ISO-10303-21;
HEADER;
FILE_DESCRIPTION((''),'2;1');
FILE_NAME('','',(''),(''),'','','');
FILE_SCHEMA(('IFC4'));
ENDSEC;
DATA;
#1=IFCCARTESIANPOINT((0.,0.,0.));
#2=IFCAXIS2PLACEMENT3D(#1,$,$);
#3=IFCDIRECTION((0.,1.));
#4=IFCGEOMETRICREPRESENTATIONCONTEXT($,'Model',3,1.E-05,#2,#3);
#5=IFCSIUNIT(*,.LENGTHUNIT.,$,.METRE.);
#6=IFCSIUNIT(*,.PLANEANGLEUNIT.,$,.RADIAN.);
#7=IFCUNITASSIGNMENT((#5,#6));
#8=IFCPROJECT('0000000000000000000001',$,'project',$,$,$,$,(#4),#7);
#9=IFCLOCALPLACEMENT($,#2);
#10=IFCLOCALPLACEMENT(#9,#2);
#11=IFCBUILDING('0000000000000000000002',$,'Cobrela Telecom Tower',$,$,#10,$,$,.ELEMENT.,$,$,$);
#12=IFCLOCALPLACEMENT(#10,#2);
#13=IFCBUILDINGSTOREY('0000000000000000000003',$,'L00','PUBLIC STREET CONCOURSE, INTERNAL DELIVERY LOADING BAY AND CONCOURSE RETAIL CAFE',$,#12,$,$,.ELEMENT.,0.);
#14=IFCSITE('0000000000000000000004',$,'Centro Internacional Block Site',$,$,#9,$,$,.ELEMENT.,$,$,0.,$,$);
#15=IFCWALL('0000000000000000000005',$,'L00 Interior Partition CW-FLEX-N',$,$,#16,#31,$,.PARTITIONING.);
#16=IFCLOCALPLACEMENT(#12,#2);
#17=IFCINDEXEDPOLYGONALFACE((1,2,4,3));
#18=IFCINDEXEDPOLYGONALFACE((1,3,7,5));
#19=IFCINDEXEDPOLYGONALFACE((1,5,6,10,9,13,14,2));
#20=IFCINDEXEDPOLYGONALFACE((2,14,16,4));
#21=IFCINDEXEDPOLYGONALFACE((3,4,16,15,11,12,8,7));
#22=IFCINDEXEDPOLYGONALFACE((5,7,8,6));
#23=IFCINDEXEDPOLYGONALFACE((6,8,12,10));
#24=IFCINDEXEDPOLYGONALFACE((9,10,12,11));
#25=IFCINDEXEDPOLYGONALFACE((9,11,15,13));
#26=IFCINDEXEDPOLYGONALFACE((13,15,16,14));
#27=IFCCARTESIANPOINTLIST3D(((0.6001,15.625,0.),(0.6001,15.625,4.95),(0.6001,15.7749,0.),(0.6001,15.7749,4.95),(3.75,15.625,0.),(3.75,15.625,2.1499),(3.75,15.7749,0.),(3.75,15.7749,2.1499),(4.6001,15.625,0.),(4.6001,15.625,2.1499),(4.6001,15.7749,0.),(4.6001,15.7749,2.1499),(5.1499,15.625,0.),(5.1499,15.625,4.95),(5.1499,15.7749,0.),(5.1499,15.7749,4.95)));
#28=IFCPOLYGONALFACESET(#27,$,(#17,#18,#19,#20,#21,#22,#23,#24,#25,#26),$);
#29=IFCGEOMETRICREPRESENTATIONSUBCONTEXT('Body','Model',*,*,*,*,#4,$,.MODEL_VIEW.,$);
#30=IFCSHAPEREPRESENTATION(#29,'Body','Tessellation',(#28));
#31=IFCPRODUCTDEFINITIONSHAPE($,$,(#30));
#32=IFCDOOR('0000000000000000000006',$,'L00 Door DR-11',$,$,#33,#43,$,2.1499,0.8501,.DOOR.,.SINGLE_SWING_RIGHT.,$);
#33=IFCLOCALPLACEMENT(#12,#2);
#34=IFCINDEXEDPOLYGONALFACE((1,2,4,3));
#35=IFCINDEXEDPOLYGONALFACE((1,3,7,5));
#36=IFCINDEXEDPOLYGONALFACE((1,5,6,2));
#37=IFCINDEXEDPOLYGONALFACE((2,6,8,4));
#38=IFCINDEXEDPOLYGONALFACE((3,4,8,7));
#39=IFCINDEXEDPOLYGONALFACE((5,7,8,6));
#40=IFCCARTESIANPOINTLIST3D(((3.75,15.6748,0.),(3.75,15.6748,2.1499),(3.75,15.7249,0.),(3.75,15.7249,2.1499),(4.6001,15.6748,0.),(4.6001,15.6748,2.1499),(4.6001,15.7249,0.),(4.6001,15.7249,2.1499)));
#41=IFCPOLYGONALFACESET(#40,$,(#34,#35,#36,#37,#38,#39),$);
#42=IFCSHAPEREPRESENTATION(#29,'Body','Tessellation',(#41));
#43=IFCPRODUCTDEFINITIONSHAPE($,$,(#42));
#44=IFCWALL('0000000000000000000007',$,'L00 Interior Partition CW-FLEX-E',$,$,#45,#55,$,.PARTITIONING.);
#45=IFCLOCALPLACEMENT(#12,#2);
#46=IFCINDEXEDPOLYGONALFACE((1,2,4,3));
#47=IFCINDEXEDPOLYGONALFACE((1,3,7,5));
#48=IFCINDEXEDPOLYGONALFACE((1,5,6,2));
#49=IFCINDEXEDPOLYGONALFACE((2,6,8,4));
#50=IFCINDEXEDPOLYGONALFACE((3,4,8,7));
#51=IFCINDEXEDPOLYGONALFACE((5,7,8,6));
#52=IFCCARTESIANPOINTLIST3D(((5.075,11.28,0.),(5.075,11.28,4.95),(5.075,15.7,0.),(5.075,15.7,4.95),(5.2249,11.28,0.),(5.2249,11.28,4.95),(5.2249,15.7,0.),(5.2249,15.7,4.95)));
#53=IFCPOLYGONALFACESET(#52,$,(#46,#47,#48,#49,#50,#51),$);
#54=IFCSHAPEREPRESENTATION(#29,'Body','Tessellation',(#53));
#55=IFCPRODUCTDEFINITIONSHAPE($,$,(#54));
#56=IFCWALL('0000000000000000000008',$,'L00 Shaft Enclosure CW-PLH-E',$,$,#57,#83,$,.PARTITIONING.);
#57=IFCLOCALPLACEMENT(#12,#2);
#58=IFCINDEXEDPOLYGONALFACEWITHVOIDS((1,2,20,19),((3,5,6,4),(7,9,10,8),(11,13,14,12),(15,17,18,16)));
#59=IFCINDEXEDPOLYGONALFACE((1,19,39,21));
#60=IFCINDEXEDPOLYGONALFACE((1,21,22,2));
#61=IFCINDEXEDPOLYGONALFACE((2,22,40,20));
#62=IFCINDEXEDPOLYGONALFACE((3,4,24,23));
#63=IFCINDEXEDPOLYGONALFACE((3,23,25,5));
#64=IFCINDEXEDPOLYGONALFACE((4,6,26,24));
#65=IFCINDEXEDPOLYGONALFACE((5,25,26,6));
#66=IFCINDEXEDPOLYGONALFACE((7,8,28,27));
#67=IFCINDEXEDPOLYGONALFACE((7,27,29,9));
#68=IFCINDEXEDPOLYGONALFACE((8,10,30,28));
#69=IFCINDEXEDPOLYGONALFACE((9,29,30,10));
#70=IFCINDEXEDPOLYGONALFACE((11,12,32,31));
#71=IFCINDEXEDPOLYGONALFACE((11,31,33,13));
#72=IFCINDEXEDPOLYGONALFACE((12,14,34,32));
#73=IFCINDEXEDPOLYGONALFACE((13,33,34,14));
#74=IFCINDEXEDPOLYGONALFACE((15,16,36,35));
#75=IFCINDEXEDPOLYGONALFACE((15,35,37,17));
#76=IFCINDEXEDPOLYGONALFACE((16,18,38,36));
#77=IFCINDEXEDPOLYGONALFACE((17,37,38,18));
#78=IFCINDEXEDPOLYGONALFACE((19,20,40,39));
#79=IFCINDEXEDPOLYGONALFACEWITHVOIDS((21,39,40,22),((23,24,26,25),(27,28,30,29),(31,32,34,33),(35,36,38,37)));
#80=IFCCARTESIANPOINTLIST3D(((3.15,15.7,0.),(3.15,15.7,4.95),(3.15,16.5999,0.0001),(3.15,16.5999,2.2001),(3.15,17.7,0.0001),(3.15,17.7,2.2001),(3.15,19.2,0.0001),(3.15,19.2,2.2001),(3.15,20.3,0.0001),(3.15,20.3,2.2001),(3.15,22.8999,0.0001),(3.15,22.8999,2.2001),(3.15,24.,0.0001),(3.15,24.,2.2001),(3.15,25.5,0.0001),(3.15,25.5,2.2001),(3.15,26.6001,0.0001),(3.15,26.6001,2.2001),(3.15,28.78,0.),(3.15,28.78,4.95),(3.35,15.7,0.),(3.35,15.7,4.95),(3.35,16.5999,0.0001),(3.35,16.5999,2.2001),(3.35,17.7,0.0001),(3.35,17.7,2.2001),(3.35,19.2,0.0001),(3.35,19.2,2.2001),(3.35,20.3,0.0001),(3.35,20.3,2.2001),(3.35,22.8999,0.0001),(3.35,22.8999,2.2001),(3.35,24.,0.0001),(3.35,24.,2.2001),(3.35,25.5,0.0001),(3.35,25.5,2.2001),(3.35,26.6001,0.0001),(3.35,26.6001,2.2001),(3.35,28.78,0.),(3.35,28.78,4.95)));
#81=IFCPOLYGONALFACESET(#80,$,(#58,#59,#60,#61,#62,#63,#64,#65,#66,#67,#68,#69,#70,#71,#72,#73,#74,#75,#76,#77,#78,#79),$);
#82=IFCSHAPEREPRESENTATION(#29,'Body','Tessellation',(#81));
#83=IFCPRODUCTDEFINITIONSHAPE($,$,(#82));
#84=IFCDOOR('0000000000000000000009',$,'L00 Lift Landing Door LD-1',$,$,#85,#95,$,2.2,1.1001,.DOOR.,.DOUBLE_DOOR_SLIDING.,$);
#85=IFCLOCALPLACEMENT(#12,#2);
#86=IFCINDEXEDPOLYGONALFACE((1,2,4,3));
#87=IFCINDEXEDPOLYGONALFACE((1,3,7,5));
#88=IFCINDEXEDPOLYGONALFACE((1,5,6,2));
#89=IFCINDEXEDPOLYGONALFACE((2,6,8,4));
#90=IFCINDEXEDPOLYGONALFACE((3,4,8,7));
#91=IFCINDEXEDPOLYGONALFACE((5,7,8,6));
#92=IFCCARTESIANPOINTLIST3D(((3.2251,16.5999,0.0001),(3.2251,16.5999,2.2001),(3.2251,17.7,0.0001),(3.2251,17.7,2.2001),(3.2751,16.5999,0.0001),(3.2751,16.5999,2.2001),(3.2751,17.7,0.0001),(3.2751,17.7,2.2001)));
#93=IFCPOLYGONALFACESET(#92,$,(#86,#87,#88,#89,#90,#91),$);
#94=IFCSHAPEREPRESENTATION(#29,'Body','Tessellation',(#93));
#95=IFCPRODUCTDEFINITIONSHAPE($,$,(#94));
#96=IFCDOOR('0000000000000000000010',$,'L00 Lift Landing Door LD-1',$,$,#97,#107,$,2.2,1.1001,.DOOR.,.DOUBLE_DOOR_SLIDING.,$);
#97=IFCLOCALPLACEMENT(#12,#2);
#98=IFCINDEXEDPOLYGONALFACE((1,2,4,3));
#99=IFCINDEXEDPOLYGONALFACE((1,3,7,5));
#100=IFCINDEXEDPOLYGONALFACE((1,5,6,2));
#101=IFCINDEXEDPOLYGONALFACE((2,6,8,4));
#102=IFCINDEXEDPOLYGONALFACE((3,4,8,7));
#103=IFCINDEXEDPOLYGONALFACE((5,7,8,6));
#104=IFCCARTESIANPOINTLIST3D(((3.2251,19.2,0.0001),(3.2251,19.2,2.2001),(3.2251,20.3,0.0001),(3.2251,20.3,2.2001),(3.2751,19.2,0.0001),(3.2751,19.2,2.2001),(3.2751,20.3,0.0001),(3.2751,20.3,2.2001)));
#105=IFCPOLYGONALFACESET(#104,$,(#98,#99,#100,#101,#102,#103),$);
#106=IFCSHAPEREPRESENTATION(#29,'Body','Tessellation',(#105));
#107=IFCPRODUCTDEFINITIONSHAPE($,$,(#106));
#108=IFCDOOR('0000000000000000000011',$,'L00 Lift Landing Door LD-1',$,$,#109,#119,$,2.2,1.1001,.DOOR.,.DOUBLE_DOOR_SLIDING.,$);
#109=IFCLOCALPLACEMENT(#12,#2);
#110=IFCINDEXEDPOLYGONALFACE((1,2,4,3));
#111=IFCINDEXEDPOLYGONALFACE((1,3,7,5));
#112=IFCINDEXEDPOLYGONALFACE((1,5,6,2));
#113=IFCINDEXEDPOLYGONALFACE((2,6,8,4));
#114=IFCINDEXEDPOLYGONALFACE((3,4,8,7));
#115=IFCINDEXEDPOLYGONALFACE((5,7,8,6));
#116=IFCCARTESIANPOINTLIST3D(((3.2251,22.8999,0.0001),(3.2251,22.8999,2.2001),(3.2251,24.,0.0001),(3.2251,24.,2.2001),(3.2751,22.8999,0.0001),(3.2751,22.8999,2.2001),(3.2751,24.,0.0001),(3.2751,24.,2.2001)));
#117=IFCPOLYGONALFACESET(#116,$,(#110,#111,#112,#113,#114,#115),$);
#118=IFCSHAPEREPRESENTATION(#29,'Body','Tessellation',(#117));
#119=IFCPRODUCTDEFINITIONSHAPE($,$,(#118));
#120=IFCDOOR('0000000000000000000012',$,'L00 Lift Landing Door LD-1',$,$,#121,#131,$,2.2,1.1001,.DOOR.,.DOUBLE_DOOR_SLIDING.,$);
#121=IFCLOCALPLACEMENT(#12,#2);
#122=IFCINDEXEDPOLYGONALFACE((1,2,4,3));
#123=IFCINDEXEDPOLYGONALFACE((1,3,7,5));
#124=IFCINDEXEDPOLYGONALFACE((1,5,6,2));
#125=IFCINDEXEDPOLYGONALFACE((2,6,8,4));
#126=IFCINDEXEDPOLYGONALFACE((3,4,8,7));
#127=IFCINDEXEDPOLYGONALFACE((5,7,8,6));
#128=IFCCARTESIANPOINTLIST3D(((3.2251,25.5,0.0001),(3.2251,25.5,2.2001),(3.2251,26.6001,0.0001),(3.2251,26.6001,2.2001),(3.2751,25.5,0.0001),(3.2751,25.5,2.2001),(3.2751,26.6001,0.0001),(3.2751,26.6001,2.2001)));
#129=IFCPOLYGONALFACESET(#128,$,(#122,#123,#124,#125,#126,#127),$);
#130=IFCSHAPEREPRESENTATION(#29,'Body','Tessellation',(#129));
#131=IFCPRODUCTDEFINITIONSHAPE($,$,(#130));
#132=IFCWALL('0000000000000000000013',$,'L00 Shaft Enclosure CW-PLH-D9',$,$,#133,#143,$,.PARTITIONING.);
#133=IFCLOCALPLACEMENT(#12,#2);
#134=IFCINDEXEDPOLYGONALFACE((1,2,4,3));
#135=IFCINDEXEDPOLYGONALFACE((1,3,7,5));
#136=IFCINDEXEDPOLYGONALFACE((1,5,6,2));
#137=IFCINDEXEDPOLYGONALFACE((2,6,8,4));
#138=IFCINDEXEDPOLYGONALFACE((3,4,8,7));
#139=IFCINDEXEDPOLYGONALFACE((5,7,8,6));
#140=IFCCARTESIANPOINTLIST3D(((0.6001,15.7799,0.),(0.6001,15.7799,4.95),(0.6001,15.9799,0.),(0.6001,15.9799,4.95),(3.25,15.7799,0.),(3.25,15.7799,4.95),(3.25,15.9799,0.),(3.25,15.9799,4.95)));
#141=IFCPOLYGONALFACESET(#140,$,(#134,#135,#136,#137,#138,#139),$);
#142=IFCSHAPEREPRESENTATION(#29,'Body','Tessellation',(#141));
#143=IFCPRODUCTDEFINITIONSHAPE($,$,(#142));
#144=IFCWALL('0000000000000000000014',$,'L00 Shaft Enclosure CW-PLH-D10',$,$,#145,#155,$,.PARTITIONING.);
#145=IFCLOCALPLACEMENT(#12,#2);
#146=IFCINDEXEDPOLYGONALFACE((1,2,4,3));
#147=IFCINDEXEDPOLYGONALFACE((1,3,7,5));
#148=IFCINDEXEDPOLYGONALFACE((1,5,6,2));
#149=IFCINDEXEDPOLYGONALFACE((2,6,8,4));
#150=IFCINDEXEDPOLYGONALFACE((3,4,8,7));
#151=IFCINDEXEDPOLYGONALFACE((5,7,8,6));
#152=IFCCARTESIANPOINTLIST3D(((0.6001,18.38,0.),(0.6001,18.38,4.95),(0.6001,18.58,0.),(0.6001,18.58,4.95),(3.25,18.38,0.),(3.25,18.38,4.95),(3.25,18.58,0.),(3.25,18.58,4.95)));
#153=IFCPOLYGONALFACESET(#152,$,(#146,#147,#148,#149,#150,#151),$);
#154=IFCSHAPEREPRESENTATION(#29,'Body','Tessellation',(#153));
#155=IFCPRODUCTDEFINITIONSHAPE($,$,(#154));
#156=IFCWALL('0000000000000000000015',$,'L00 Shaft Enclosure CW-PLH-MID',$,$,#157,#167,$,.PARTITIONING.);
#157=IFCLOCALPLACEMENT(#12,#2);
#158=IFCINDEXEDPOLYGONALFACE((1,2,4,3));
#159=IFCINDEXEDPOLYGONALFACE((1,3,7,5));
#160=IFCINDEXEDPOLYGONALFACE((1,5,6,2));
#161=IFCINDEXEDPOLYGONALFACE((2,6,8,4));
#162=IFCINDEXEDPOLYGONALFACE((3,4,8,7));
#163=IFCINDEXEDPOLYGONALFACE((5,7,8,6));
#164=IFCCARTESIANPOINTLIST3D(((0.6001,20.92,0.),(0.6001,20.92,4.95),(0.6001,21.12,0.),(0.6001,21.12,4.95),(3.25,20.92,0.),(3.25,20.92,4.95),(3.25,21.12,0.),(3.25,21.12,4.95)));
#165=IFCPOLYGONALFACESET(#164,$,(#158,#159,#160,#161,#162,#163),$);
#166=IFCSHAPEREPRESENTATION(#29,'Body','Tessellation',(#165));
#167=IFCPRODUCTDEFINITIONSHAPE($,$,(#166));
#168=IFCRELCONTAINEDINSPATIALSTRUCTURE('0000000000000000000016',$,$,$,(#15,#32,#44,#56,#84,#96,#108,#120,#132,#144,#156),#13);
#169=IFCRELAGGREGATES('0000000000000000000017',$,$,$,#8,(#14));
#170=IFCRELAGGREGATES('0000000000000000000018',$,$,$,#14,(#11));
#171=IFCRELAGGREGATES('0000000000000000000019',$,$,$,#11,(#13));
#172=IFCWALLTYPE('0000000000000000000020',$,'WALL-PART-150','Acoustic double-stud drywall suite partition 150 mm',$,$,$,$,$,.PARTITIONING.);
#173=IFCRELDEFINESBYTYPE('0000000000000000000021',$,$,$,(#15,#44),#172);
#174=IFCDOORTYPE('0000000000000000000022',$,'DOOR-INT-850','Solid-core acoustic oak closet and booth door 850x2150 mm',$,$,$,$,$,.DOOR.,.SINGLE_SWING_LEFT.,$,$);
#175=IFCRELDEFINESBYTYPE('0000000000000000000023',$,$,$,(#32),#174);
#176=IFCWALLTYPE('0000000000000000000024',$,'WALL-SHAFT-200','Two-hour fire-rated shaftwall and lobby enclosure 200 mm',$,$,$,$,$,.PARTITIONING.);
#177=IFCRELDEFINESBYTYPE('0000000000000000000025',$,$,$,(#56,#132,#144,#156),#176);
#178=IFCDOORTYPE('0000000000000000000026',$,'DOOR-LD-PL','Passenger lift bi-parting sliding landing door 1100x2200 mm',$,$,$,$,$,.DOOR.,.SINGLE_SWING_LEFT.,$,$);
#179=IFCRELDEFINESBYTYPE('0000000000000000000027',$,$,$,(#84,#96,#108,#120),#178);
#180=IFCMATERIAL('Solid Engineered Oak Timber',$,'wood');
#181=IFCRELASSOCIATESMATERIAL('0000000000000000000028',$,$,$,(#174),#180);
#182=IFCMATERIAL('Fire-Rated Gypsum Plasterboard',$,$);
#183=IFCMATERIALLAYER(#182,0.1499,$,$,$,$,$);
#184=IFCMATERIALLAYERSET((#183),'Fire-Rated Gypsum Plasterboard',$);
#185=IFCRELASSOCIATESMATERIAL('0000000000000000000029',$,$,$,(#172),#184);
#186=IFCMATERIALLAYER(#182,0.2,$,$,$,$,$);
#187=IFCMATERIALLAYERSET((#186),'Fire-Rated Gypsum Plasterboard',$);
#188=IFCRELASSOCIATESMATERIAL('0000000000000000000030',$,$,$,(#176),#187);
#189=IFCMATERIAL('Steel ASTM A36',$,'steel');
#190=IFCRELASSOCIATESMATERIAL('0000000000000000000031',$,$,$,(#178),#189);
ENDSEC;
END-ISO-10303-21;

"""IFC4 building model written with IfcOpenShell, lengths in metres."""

from ifc_helpers import new_model, si_unit, direction, frame, frame_2d, origin, place, context, subcontext, project, spatial, rectangle, extrude, material, layer, layer_set, type_object, element, fill, save


model = new_model("IFC4")

# Units and contexts
model_context = context("Model", 3, precision=1e-05, world=origin(), true_north=direction((0.0, 1.0)))
body_context = subcontext(model_context, "Body", "Model", "MODEL_VIEW")
ifc_project = project(units=[si_unit("LENGTHUNIT", "METRE"), si_unit("PLANEANGLEUNIT", "RADIAN")], contexts=[model_context])

# Site, building, storey
site_placement = place(None, origin())
site = spatial("IfcSite", under=ifc_project, at=site_placement, Name="Centro Internacional Block Site", CompositionType="ELEMENT", RefElevation=0.0)
building_placement = place(site_placement, origin())
building = spatial("IfcBuilding", under=site, at=building_placement, Name="Cobrela Telecom Tower", CompositionType="ELEMENT")
storey_placement = place(building_placement, origin())
storey = spatial("IfcBuildingStorey", under=building, at=storey_placement, Name="L00", Description="PUBLIC STREET CONCOURSE, INTERNAL DELIVERY LOADING BAY AND CONCOURSE RETAIL CAFE", CompositionType="ELEMENT", Elevation=0.0)

# Shared definitions
ifc_material_1 = material(Name="Steel ASTM A36", Category="steel")

# Wall, opening, door
ifc_material_2 = material(Name="Fire-Rated Gypsum Plasterboard")
ifc_material_3 = material(Name="Solid Engineered Oak Timber", Category="wood")
door_type_1 = type_object("IfcDoorType", Name="DOOR-INT-850", Description="Solid-core acoustic oak closet and booth door 850x2150 mm", OperationType="SINGLE_SWING_LEFT", PredefinedType="DOOR", material=ifc_material_3)
ifc_layer_1 = layer(ifc_material_2, 0.1499)
ifc_layer_set_1 = layer_set([ifc_layer_1], Name="Fire-Rated Gypsum Plasterboard")
wall_type_1 = type_object("IfcWallType", Name="WALL-PART-150", Description="Acoustic double-stud drywall suite partition 150 mm", PredefinedType="PARTITIONING", material=ifc_layer_set_1)
wall_1_placement = place(storey_placement, frame((0.6001, 15.7, 0.0), z_axis=(0.0, 0.0, 1.0), x_axis=(1.0, 0.0, 0.0)))
wall_1 = element("IfcWall", 1, at=wall_1_placement, inside=storey, type_object=wall_type_1, Name="L00 Interior Partition CW-FLEX-N", PredefinedType="PARTITIONING", context=body_context, shape_type="SweptSolid", body=[
    extrude(rectangle(XDim=4.5498, YDim=0.1499, at=frame_2d((2.2749, 0.0))), origin(), (0.0, 0.0, 1.0), 4.95),
])
opening_1_placement = place(wall_1_placement, frame((3.1499, 0.0, 0.0)))
opening_1 = element("IfcOpeningElement", 2, at=opening_1_placement, cuts=wall_1, PredefinedType="OPENING", context=body_context, shape_type="SweptSolid", body=[
    extrude(rectangle(XDim=0.8501, YDim=2.1499, at=frame_2d((0.425, 1.075))), frame((0.0, 0.0869, 0.0), z_axis=(0.0, -1.0, 0.0), x_axis=(1.0, 0.0, 0.0)), (0.0, 0.0, 1.0), 0.1738),
])
door_1_placement = place(opening_1_placement, origin())
door_1 = element("IfcDoor", 3, at=door_1_placement, inside=storey, type_object=door_type_1, Name="L00 Door DR-11", OperationType="SINGLE_SWING_RIGHT", OverallHeight=2.1499, OverallWidth=0.8501, PredefinedType="DOOR", context=body_context, shape_type="SweptSolid", body=[
    extrude(rectangle(XDim=0.8501, YDim=2.1499, at=frame_2d((0.425, 1.075))), frame((0.0, 0.0249, 0.0), z_axis=(0.0, -1.0, 0.0), x_axis=(1.0, 0.0, 0.0)), (0.0, 0.0, 1.0), 0.05),
])
fill(opening_1, door_1)

# Wall
wall_2_placement = place(storey_placement, frame((5.1499, 11.28, 0.0), z_axis=(0.0, 0.0, 1.0), x_axis=(0.0, 1.0, 0.0)))
element("IfcWall", 4, at=wall_2_placement, inside=storey, type_object=wall_type_1, Name="L00 Interior Partition CW-FLEX-E", PredefinedType="PARTITIONING", context=body_context, shape_type="SweptSolid", body=[
    extrude(rectangle(XDim=4.4199, YDim=0.1499, at=frame_2d((2.21, 0.0))), origin(), (0.0, 0.0, 1.0), 4.95),
])

# Wall, openings, doors
ifc_layer_2 = layer(ifc_material_2, 0.2)
ifc_layer_set_2 = layer_set([ifc_layer_2], Name="Fire-Rated Gypsum Plasterboard")
wall_type_2 = type_object("IfcWallType", Name="WALL-SHAFT-200", Description="Two-hour fire-rated shaftwall and lobby enclosure 200 mm", PredefinedType="PARTITIONING", material=ifc_layer_set_2)
wall_3_placement = place(storey_placement, frame((3.25, 15.7, 0.0), z_axis=(0.0, 0.0, 1.0), x_axis=(0.0, 1.0, 0.0)))
wall_3 = element("IfcWall", 5, at=wall_3_placement, inside=storey, type_object=wall_type_2, Name="L00 Shaft Enclosure CW-PLH-E", PredefinedType="PARTITIONING", context=body_context, shape_type="SweptSolid", body=[
    extrude(rectangle(XDim=13.0801, YDim=0.2, at=frame_2d((6.54, 0.0))), origin(), (0.0, 0.0, 1.0), 4.95),
])
opening_2_placement = place(wall_3_placement, frame((0.8999, 0.0, 0.0)))
opening_2 = element("IfcOpeningElement", 6, at=opening_2_placement, cuts=wall_3, PredefinedType="OPENING", context=body_context, shape_type="SweptSolid", body=[
    extrude(rectangle(XDim=1.1001, YDim=2.2, at=frame_2d((0.55, 1.1001))), frame((0.0, 0.1118, 0.0), z_axis=(0.0, -1.0, 0.0), x_axis=(1.0, 0.0, 0.0)), (0.0, 0.0, 1.0), 0.2239),
])
opening_3_placement = place(wall_3_placement, frame((3.5, 0.0, 0.0)))
opening_3 = element("IfcOpeningElement", 7, at=opening_3_placement, cuts=wall_3, PredefinedType="OPENING", context=body_context, shape_type="SweptSolid", body=[
    extrude(rectangle(XDim=1.1001, YDim=2.2, at=frame_2d((0.55, 1.1001))), frame((0.0, 0.1118, 0.0), z_axis=(0.0, -1.0, 0.0), x_axis=(1.0, 0.0, 0.0)), (0.0, 0.0, 1.0), 0.2239),
])
opening_4_placement = place(wall_3_placement, frame((7.2, 0.0, 0.0)))
opening_4 = element("IfcOpeningElement", 8, at=opening_4_placement, cuts=wall_3, PredefinedType="OPENING", context=body_context, shape_type="SweptSolid", body=[
    extrude(rectangle(XDim=1.1001, YDim=2.2, at=frame_2d((0.55, 1.1001))), frame((0.0, 0.1118, 0.0), z_axis=(0.0, -1.0, 0.0), x_axis=(1.0, 0.0, 0.0)), (0.0, 0.0, 1.0), 0.2239),
])
opening_5_placement = place(wall_3_placement, frame((9.8, 0.0, 0.0)))
opening_5 = element("IfcOpeningElement", 9, at=opening_5_placement, cuts=wall_3, PredefinedType="OPENING", context=body_context, shape_type="SweptSolid", body=[
    extrude(rectangle(XDim=1.1001, YDim=2.2, at=frame_2d((0.55, 1.1001))), frame((0.0, 0.1118, 0.0), z_axis=(0.0, -1.0, 0.0), x_axis=(1.0, 0.0, 0.0)), (0.0, 0.0, 1.0), 0.2239),
])
door_type_2 = type_object("IfcDoorType", Name="DOOR-LD-PL", Description="Passenger lift bi-parting sliding landing door 1100x2200 mm", OperationType="SINGLE_SWING_LEFT", PredefinedType="DOOR", material=ifc_material_1)
door_2_placement = place(opening_2_placement, origin())
door_2 = element("IfcDoor", 10, at=door_2_placement, inside=storey, type_object=door_type_2, Name="L00 Lift Landing Door LD-1", OperationType="DOUBLE_DOOR_SLIDING", OverallHeight=2.2, OverallWidth=1.1001, PredefinedType="DOOR", context=body_context, shape_type="SweptSolid", body=[
    extrude(rectangle(XDim=1.1001, YDim=2.2, at=frame_2d((0.55, 1.1001))), frame((0.0, 0.0249, 0.0), z_axis=(0.0, -1.0, 0.0), x_axis=(1.0, 0.0, 0.0)), (0.0, 0.0, 1.0), 0.05),
])
fill(opening_2, door_2)
door_3_placement = place(opening_3_placement, origin())
door_3 = element("IfcDoor", 11, at=door_3_placement, inside=storey, type_object=door_type_2, Name="L00 Lift Landing Door LD-1", OperationType="DOUBLE_DOOR_SLIDING", OverallHeight=2.2, OverallWidth=1.1001, PredefinedType="DOOR", context=body_context, shape_type="SweptSolid", body=[
    extrude(rectangle(XDim=1.1001, YDim=2.2, at=frame_2d((0.55, 1.1001))), frame((0.0, 0.0249, 0.0), z_axis=(0.0, -1.0, 0.0), x_axis=(1.0, 0.0, 0.0)), (0.0, 0.0, 1.0), 0.05),
])
fill(opening_3, door_3)
door_4_placement = place(opening_4_placement, origin())
door_4 = element("IfcDoor", 12, at=door_4_placement, inside=storey, type_object=door_type_2, Name="L00 Lift Landing Door LD-1", OperationType="DOUBLE_DOOR_SLIDING", OverallHeight=2.2, OverallWidth=1.1001, PredefinedType="DOOR", context=body_context, shape_type="SweptSolid", body=[
    extrude(rectangle(XDim=1.1001, YDim=2.2, at=frame_2d((0.55, 1.1001))), frame((0.0, 0.0249, 0.0), z_axis=(0.0, -1.0, 0.0), x_axis=(1.0, 0.0, 0.0)), (0.0, 0.0, 1.0), 0.05),
])
fill(opening_4, door_4)
door_5_placement = place(opening_5_placement, origin())
door_5 = element("IfcDoor", 13, at=door_5_placement, inside=storey, type_object=door_type_2, Name="L00 Lift Landing Door LD-1", OperationType="DOUBLE_DOOR_SLIDING", OverallHeight=2.2, OverallWidth=1.1001, PredefinedType="DOOR", context=body_context, shape_type="SweptSolid", body=[
    extrude(rectangle(XDim=1.1001, YDim=2.2, at=frame_2d((0.55, 1.1001))), frame((0.0, 0.0249, 0.0), z_axis=(0.0, -1.0, 0.0), x_axis=(1.0, 0.0, 0.0)), (0.0, 0.0, 1.0), 0.05),
])
fill(opening_5, door_5)

# Walls
for number, where, z_axis, x_axis, name in (
    (14, (0.6001, 15.8799, 0.0), (0.0, 0.0, 1.0), (1.0, 0.0, 0.0), "L00 Shaft Enclosure CW-PLH-D9"),
    (15, (0.6001, 18.48, 0.0), (0.0, 0.0, 1.0), (1.0, 0.0, 0.0), "L00 Shaft Enclosure CW-PLH-D10"),
    (16, (0.6001, 21.02, 0.0), (0.0, 0.0, 1.0), (1.0, 0.0, 0.0), "L00 Shaft Enclosure CW-PLH-MID"),
):
    element("IfcWall", number, at=place(storey_placement, frame(where, z_axis=z_axis, x_axis=x_axis)), inside=storey, type_object=wall_type_2, Name=name, PredefinedType="PARTITIONING", context=body_context, shape_type="SweptSolid", body=[
        extrude(rectangle(XDim=2.6499, YDim=0.2, at=frame_2d((1.325, 0.0))), origin(), (0.0, 0.0, 1.0), 4.95),
    ])

save(model, "model.ifc")
